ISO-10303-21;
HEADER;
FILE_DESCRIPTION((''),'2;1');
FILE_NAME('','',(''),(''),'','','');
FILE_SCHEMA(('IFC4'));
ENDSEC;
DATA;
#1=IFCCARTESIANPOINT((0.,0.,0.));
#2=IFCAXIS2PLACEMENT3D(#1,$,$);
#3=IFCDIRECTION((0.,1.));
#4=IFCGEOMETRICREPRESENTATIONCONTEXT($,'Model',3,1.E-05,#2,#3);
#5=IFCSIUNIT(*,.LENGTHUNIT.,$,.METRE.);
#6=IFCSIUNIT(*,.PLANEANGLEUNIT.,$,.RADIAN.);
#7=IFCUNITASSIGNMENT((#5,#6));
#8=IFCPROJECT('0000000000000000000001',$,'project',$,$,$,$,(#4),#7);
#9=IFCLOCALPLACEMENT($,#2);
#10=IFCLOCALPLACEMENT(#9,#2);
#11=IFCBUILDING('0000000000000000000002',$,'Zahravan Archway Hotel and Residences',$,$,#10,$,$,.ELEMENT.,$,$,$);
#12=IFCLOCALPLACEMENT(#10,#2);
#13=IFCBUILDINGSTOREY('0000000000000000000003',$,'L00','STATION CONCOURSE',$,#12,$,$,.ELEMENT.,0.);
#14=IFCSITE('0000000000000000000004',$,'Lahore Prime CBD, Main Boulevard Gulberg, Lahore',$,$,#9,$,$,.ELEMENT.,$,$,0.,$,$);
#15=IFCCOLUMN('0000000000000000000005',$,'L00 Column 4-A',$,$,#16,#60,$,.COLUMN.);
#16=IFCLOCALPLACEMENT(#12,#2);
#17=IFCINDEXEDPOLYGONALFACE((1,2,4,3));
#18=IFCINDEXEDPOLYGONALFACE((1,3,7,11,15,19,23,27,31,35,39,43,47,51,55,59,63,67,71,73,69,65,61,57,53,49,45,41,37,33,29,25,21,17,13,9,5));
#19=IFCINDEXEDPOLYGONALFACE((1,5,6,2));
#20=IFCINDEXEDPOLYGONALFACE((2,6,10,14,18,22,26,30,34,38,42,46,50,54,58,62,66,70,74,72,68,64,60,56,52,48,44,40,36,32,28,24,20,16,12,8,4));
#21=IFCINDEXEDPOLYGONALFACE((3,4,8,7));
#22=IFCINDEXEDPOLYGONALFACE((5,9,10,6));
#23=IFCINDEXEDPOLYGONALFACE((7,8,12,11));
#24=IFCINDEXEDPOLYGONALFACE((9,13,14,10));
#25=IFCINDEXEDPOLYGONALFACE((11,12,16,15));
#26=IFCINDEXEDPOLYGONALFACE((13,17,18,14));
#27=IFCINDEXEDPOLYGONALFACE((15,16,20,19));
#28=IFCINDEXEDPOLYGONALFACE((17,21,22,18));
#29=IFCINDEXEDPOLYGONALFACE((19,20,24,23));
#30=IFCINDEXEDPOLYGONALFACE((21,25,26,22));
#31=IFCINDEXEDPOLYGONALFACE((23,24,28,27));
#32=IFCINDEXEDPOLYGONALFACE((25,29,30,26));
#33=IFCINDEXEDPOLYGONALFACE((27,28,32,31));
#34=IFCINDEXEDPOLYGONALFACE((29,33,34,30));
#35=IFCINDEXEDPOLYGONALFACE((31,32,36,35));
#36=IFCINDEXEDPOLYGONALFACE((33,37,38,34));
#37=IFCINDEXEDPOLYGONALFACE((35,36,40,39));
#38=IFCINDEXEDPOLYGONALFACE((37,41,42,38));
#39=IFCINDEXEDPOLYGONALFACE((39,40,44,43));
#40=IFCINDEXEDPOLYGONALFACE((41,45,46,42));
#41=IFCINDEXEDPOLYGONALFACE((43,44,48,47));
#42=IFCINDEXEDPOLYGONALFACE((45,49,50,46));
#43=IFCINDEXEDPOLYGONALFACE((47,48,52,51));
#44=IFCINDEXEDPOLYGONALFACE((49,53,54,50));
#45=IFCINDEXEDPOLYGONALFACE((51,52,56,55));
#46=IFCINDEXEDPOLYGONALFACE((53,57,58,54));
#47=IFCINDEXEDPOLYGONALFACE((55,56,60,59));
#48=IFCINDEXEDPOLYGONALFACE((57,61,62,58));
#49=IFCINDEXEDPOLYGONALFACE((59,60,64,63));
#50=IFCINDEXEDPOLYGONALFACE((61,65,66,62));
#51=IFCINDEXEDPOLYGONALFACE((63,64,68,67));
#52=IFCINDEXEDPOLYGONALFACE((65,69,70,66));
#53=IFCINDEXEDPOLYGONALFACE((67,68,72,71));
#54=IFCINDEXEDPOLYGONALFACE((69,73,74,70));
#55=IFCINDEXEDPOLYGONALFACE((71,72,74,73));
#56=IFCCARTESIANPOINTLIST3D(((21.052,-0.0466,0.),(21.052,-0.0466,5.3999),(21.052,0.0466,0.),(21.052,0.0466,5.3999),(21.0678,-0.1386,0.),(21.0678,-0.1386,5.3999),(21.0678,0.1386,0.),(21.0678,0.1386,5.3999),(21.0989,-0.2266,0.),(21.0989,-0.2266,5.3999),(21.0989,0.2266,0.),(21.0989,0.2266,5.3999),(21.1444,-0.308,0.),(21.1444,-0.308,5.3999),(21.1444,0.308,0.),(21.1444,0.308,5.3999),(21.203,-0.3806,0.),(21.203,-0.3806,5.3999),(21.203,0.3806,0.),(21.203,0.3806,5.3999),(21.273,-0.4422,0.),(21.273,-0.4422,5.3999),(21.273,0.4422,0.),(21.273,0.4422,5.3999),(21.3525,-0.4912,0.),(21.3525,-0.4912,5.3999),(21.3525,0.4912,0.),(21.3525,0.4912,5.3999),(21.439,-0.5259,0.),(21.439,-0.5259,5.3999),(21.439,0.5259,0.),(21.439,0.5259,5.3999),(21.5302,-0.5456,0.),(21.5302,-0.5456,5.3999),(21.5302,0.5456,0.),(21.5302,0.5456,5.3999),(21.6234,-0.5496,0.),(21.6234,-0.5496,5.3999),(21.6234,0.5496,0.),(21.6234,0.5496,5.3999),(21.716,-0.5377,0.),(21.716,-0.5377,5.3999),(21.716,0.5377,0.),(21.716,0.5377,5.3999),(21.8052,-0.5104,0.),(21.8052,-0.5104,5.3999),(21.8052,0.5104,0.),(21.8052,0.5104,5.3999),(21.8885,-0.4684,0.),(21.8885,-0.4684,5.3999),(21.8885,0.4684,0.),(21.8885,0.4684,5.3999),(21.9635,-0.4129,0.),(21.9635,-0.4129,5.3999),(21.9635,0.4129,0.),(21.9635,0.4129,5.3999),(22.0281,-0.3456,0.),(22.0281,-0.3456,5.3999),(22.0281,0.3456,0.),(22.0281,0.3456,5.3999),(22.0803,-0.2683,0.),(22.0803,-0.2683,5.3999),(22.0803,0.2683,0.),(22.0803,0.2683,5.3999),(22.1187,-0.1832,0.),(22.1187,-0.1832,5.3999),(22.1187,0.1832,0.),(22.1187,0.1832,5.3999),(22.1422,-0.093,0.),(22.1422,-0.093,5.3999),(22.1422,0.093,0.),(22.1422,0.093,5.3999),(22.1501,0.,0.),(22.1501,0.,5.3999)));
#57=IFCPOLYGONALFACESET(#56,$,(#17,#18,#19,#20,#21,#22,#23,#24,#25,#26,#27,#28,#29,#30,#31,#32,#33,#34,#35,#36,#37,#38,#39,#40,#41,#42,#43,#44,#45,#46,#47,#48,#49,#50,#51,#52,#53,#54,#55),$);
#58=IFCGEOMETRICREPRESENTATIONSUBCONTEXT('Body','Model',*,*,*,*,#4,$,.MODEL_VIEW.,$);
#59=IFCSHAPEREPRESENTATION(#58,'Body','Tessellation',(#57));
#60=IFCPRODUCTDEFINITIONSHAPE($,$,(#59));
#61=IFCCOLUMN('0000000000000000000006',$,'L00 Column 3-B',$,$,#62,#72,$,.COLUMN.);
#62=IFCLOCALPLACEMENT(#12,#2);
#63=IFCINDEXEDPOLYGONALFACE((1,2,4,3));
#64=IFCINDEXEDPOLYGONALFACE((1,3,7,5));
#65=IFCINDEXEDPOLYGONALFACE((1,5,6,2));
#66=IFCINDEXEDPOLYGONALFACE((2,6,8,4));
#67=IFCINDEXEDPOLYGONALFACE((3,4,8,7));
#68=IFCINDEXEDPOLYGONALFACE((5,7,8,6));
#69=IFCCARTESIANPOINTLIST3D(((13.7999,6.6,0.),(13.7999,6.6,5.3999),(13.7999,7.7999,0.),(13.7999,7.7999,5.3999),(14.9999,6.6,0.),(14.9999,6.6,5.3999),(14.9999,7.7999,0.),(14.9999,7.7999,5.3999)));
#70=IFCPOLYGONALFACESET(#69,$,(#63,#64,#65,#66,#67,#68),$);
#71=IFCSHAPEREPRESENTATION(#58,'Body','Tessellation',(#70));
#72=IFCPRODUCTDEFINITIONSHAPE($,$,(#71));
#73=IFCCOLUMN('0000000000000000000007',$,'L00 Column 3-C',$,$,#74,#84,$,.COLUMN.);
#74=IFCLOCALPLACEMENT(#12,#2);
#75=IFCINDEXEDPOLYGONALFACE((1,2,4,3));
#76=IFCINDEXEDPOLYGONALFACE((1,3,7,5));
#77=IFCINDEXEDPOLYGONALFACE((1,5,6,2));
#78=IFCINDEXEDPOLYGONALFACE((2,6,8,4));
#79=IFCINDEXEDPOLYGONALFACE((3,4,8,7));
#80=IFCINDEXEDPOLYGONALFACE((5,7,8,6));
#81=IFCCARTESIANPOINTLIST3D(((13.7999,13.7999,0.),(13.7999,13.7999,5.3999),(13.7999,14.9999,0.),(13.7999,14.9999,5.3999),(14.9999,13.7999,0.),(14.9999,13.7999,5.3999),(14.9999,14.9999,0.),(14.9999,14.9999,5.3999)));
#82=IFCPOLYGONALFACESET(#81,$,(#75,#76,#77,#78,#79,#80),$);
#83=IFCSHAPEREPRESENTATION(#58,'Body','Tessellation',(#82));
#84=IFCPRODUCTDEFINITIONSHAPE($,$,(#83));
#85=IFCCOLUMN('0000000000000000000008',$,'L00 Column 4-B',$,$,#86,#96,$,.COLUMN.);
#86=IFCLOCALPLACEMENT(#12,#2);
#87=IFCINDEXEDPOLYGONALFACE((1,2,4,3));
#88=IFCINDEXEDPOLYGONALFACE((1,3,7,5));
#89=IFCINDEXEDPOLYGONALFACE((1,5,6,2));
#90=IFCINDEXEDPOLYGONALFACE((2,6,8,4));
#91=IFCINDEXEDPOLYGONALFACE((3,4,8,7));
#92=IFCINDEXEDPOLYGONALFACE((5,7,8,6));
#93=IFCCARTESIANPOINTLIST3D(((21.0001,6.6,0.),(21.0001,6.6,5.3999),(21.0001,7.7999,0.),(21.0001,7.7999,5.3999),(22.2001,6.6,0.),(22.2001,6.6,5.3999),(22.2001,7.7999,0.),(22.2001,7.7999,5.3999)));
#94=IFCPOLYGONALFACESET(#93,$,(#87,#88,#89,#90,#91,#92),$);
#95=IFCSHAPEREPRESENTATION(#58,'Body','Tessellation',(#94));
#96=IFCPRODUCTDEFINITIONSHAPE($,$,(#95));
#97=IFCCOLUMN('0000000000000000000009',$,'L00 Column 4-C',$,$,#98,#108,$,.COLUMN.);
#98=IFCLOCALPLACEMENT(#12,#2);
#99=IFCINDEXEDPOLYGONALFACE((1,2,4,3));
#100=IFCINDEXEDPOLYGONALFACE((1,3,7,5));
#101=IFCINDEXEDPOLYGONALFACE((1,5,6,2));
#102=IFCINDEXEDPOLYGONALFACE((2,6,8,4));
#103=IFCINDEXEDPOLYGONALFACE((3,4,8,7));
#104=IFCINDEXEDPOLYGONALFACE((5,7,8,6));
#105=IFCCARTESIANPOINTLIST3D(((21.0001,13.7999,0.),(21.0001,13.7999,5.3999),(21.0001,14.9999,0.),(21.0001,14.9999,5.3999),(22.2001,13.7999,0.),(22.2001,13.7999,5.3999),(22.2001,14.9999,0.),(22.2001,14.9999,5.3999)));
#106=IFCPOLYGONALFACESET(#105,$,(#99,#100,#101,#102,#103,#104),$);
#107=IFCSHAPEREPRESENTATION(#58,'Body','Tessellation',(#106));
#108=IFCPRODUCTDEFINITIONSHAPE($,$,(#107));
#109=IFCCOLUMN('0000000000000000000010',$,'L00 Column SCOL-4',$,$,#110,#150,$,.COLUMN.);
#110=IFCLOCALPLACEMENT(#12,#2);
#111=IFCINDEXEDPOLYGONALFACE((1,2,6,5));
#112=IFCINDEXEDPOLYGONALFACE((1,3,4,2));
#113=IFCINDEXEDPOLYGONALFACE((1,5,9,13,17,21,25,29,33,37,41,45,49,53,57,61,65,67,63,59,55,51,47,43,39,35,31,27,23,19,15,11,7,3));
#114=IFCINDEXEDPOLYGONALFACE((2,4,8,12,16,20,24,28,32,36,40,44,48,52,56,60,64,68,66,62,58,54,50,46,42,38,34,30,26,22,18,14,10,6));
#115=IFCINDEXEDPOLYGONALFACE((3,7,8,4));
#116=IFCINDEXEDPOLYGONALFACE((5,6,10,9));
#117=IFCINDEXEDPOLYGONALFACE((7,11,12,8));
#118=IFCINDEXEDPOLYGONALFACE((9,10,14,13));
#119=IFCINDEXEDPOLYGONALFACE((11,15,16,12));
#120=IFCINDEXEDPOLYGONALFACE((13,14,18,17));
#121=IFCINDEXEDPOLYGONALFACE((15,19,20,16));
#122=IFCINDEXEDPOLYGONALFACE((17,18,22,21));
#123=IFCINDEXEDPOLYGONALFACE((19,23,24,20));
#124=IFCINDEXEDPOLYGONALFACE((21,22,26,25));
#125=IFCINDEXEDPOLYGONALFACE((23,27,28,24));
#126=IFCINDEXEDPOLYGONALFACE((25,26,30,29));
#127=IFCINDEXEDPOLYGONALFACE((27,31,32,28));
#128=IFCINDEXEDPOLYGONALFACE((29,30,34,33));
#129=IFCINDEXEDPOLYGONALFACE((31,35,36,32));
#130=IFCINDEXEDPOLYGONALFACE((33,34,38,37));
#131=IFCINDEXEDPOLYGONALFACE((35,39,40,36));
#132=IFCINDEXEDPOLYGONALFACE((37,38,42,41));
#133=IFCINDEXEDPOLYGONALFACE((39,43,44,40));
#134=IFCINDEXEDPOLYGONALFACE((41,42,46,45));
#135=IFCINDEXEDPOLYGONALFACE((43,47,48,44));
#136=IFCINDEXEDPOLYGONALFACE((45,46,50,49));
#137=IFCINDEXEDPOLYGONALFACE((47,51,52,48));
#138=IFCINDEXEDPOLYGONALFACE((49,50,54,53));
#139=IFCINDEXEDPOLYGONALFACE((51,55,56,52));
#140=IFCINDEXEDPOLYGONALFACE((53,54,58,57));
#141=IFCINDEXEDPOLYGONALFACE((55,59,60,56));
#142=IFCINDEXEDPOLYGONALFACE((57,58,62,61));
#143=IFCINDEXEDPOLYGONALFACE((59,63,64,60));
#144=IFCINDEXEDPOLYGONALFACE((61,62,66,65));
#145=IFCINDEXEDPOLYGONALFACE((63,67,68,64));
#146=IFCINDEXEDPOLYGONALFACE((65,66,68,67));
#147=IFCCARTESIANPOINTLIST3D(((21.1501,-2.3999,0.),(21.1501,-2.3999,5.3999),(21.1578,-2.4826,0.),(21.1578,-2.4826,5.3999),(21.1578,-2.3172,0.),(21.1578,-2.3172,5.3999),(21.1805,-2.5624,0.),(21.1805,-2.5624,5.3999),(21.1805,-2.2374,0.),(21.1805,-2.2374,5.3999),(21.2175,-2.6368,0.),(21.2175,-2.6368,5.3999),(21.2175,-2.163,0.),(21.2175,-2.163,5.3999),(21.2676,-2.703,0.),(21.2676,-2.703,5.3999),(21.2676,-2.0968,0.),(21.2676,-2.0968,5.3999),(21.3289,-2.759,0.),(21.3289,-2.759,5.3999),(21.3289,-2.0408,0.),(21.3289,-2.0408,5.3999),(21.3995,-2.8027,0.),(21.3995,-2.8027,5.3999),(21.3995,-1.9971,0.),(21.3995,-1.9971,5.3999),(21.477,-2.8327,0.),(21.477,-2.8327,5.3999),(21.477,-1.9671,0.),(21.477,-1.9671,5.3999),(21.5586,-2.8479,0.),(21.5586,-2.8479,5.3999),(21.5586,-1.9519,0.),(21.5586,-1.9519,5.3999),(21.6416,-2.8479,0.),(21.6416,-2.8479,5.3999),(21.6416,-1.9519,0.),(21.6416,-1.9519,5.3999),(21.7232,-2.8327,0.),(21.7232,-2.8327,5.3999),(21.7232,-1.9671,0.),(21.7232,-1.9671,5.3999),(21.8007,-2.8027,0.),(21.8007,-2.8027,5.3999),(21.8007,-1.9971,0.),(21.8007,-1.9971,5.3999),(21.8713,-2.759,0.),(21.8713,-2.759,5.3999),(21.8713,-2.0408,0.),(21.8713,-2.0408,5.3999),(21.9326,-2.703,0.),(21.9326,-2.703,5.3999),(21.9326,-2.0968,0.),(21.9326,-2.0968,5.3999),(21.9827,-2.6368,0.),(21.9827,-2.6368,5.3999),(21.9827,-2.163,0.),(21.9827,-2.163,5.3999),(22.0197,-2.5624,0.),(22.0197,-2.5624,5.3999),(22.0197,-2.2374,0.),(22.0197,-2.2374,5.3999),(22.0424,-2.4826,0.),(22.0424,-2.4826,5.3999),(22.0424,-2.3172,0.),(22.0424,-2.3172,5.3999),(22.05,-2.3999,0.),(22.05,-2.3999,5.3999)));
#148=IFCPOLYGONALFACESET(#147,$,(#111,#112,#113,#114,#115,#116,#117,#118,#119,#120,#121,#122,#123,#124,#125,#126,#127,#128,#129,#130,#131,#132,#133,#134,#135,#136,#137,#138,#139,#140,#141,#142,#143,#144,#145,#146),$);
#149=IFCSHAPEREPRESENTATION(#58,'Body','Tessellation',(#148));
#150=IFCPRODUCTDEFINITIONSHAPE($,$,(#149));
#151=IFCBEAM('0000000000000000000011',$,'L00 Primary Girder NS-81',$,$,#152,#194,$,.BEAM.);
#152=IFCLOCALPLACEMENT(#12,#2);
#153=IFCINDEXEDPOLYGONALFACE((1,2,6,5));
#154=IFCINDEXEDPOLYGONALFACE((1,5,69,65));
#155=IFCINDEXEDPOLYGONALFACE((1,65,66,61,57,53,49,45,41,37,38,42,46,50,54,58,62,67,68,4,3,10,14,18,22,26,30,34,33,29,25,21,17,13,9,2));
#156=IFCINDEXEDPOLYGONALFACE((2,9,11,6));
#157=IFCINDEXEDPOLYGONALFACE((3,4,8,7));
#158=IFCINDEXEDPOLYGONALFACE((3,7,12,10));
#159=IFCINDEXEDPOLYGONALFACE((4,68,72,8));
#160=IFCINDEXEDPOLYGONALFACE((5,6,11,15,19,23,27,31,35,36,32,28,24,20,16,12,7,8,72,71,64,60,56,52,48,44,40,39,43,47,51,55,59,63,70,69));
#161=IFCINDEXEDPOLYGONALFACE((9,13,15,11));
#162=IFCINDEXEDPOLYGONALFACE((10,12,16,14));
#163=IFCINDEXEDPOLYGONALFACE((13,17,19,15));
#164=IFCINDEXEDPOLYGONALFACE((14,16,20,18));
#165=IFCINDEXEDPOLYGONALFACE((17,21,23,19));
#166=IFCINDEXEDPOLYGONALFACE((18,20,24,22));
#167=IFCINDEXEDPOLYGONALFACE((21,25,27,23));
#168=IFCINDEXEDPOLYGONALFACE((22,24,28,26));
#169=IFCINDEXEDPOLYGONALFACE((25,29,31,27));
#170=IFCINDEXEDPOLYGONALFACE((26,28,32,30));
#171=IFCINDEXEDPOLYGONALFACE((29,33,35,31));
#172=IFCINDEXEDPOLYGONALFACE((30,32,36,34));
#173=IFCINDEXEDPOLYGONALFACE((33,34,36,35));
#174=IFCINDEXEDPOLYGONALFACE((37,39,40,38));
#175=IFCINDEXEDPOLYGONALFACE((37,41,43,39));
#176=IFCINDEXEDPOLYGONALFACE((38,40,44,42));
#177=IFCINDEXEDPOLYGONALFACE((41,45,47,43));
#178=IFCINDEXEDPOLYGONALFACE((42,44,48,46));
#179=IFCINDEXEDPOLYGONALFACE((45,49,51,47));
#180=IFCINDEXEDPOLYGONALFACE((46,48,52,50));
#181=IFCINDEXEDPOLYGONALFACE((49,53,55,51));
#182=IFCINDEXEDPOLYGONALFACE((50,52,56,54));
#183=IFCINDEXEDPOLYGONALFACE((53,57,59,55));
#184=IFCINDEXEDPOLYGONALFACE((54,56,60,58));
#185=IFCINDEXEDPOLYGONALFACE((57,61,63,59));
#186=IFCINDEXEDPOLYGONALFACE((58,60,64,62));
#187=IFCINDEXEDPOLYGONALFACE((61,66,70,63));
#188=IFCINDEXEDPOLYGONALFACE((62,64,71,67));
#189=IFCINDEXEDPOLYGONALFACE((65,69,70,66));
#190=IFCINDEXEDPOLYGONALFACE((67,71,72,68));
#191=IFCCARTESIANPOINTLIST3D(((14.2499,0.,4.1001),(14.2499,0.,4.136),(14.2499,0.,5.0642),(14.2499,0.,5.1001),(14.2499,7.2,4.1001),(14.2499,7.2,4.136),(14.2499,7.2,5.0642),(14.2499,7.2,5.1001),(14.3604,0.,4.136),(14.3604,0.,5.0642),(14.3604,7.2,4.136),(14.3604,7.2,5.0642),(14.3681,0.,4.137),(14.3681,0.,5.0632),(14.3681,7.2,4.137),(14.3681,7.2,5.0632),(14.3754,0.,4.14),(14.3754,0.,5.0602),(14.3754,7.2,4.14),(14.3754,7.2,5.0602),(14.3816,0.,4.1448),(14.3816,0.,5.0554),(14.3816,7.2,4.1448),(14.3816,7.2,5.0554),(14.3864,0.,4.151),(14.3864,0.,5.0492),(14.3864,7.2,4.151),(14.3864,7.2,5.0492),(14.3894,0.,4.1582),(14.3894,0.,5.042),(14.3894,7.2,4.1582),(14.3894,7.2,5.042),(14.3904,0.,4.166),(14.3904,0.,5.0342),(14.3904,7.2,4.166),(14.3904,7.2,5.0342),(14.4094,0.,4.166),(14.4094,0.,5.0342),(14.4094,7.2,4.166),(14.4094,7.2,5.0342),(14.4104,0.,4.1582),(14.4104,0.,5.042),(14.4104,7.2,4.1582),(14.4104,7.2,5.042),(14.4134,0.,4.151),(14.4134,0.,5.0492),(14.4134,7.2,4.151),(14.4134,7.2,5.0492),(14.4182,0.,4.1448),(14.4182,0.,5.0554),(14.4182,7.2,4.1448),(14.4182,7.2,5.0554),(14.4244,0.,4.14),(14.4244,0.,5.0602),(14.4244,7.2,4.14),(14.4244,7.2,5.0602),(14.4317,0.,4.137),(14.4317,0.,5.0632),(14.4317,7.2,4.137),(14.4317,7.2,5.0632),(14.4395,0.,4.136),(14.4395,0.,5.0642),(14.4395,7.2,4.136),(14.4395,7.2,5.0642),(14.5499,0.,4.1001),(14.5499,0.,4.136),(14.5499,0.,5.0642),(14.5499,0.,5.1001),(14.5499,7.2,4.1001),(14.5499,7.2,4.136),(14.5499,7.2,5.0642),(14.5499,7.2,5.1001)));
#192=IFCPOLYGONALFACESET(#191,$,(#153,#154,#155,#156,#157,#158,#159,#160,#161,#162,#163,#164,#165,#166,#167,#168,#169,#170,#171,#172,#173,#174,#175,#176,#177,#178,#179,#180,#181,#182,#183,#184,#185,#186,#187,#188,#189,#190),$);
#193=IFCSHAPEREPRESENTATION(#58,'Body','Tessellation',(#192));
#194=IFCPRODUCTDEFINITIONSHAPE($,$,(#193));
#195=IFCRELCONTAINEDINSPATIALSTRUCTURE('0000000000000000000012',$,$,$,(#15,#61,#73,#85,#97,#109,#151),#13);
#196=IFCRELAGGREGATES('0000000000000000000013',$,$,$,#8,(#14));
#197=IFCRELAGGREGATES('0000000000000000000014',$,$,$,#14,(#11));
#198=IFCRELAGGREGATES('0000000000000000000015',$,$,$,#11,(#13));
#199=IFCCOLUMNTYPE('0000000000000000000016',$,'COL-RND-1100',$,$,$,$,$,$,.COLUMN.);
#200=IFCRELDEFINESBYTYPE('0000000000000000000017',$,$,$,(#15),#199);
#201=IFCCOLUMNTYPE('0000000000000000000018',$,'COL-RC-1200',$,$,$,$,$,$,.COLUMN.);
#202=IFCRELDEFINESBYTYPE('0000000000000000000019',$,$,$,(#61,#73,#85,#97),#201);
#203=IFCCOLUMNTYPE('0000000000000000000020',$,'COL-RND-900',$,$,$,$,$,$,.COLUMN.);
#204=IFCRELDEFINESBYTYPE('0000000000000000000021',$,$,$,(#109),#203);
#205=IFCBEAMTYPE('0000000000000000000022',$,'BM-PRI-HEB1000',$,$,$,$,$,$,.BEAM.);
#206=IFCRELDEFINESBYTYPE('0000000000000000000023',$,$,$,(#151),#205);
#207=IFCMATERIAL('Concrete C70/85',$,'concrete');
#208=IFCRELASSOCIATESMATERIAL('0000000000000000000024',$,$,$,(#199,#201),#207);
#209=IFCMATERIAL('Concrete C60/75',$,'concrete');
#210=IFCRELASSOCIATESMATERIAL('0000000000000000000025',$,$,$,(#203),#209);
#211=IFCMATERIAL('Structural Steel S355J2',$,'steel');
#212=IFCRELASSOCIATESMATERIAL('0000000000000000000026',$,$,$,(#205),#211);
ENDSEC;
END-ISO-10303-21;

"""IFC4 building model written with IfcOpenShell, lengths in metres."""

from ifc_helpers import new_model, si_unit, direction, frame, origin, origin_2d, place, context, subcontext, project, spatial, rectangle, circle, i_section, extrude, source, transform, mapped, material, material_profile, profile_set, type_object, type_shapes, element, save


model = new_model("IFC4")

# Units and contexts
model_context = context("Model", 3, precision=1e-05, world=origin(), true_north=direction((0.0, 1.0)))
body_context = subcontext(model_context, "Body", "Model", "MODEL_VIEW")
ifc_project = project(units=[si_unit("LENGTHUNIT", "METRE"), si_unit("PLANEANGLEUNIT", "RADIAN")], contexts=[model_context])

# Site, building, storey
site_placement = place(None, origin())
site = spatial("IfcSite", under=ifc_project, at=site_placement, Name="Lahore Prime CBD, Main Boulevard Gulberg, Lahore", CompositionType="ELEMENT", RefElevation=0.0)
building_placement = place(site_placement, origin())
building = spatial("IfcBuilding", under=site, at=building_placement, Name="Zahravan Archway Hotel and Residences", CompositionType="ELEMENT")
storey_placement = place(building_placement, origin())
storey = spatial("IfcBuildingStorey", under=building, at=storey_placement, Name="L00", Description="STATION CONCOURSE", CompositionType="ELEMENT", Elevation=0.0)

# Columns
ifc_material_1 = material(Name="Concrete C70/85", Category="concrete")
ifc_material_profile_1 = material_profile(ifc_material_1, circle(Radius=0.55, at=origin_2d()), Name="RC-CIRC-1100", Category="concrete")
ifc_profile_set_1 = profile_set([ifc_material_profile_1], Name="Concrete C70/85")
column_type_1 = type_object("IfcColumnType", Name="COL-RND-1100", PredefinedType="COLUMN", material=ifc_profile_set_1)
shared_shape_1 = source(origin(), body_context, "Body", "SweptSolid", [
    extrude(circle(Radius=0.55, at=origin_2d()), origin(), (0.0, 0.0, 1.0), 5.3999),
])
type_shapes(column_type_1, [shared_shape_1])
column_1_placement = place(storey_placement, frame((21.6001, 0.0, 0.0), z_axis=(0.0, 0.0, 1.0), x_axis=(1.0, 0.0, 0.0)))
element("IfcColumn", 1, at=column_1_placement, inside=storey, type_object=column_type_1, Name="L00 Column 4-A", PredefinedType="COLUMN", context=body_context, shape_type="MappedRepresentation", body=[
    mapped(shared_shape_1, transform((0.0, 0.0, 0.0), scale=1.0)),
])
ifc_material_profile_2 = material_profile(ifc_material_1, rectangle(XDim=1.2, YDim=1.2, at=origin_2d()), Name="RC-COL-1200x1200", Category="concrete")
ifc_profile_set_2 = profile_set([ifc_material_profile_2], Name="Concrete C70/85")
column_type_2 = type_object("IfcColumnType", Name="COL-RC-1200", PredefinedType="COLUMN", material=ifc_profile_set_2)
shared_shape_2 = source(origin(), body_context, "Body", "SweptSolid", [
    extrude(rectangle(XDim=1.2, YDim=1.2, at=origin_2d()), origin(), (0.0, 0.0, 1.0), 5.3999),
])
for number, where, z_axis, x_axis, name in (
    (2, (14.3999, 7.2, 0.0), (0.0, 0.0, 1.0), (1.0, 0.0, 0.0), "L00 Column 3-B"),
    (3, (14.3999, 14.3999, 0.0), (0.0, 0.0, 1.0), (1.0, 0.0, 0.0), "L00 Column 3-C"),
    (4, (21.6001, 7.2, 0.0), (0.0, 0.0, 1.0), (1.0, 0.0, 0.0), "L00 Column 4-B"),
    (5, (21.6001, 14.3999, 0.0), (0.0, 0.0, 1.0), (1.0, 0.0, 0.0), "L00 Column 4-C"),
):
    element("IfcColumn", number, at=place(storey_placement, frame(where, z_axis=z_axis, x_axis=x_axis)), inside=storey, type_object=column_type_2, Name=name, PredefinedType="COLUMN", context=body_context, shape_type="MappedRepresentation", body=[
        mapped(shared_shape_2, transform((0.0, 0.0, 0.0), scale=1.0)),
    ])
ifc_material_2 = material(Name="Concrete C60/75", Category="concrete")
ifc_material_profile_3 = material_profile(ifc_material_2, circle(Radius=0.45, at=origin_2d()), Name="RC-CIRC-900", Category="concrete")
ifc_profile_set_3 = profile_set([ifc_material_profile_3], Name="Concrete C60/75")
column_type_3 = type_object("IfcColumnType", Name="COL-RND-900", PredefinedType="COLUMN", material=ifc_profile_set_3)
shared_shape_3 = source(origin(), body_context, "Body", "SweptSolid", [
    extrude(circle(Radius=0.45, at=origin_2d()), origin(), (0.0, 0.0, 1.0), 5.3999),
])
type_shapes(column_type_3, [shared_shape_3])
column_2_placement = place(storey_placement, frame((21.6001, -2.3999, 0.0), z_axis=(0.0, 0.0, 1.0), x_axis=(1.0, 0.0, 0.0)))
element("IfcColumn", 6, at=column_2_placement, inside=storey, type_object=column_type_3, Name="L00 Column SCOL-4", PredefinedType="COLUMN", context=body_context, shape_type="MappedRepresentation", body=[
    mapped(shared_shape_3, transform((0.0, 0.0, 0.0), scale=1.0)),
])

# Beam
ifc_material_3 = material(Name="Structural Steel S355J2", Category="steel")
ifc_material_profile_4 = material_profile(ifc_material_3, i_section(OverallWidth=0.3, OverallDepth=1.0, WebThickness=0.019, FlangeThickness=0.0359, FilletRadius=0.03, at=origin_2d()), Name="HEB 1000", Category="steel")
ifc_profile_set_4 = profile_set([ifc_material_profile_4], Name="Structural Steel S355J2")
beam_type_1 = type_object("IfcBeamType", Name="BM-PRI-HEB1000", PredefinedType="BEAM", material=ifc_profile_set_4)
shared_shape_4 = source(origin(), body_context, "Body", "SweptSolid", [
    extrude(i_section(OverallWidth=0.3, OverallDepth=1.0, WebThickness=0.019, FlangeThickness=0.0359, FilletRadius=0.03, at=origin_2d()), origin(), (0.0, 0.0, 1.0), 7.2),
])
for number, where, z_axis, x_axis, name in (
    (7, (14.3999, 0.0, 4.6001), (0.0, 1.0, 0.0), (-1.0, 0.0, 0.0), "L00 Primary Girder NS-81"),
):
    element("IfcBeam", number, at=place(storey_placement, frame(where, z_axis=z_axis, x_axis=x_axis)), inside=storey, type_object=beam_type_1, Name=name, PredefinedType="BEAM", context=body_context, shape_type="MappedRepresentation", body=[
        mapped(shared_shape_4, transform((0.0, 0.0, 0.0), scale=1.0)),
    ])

save(model, "model.ifc")
